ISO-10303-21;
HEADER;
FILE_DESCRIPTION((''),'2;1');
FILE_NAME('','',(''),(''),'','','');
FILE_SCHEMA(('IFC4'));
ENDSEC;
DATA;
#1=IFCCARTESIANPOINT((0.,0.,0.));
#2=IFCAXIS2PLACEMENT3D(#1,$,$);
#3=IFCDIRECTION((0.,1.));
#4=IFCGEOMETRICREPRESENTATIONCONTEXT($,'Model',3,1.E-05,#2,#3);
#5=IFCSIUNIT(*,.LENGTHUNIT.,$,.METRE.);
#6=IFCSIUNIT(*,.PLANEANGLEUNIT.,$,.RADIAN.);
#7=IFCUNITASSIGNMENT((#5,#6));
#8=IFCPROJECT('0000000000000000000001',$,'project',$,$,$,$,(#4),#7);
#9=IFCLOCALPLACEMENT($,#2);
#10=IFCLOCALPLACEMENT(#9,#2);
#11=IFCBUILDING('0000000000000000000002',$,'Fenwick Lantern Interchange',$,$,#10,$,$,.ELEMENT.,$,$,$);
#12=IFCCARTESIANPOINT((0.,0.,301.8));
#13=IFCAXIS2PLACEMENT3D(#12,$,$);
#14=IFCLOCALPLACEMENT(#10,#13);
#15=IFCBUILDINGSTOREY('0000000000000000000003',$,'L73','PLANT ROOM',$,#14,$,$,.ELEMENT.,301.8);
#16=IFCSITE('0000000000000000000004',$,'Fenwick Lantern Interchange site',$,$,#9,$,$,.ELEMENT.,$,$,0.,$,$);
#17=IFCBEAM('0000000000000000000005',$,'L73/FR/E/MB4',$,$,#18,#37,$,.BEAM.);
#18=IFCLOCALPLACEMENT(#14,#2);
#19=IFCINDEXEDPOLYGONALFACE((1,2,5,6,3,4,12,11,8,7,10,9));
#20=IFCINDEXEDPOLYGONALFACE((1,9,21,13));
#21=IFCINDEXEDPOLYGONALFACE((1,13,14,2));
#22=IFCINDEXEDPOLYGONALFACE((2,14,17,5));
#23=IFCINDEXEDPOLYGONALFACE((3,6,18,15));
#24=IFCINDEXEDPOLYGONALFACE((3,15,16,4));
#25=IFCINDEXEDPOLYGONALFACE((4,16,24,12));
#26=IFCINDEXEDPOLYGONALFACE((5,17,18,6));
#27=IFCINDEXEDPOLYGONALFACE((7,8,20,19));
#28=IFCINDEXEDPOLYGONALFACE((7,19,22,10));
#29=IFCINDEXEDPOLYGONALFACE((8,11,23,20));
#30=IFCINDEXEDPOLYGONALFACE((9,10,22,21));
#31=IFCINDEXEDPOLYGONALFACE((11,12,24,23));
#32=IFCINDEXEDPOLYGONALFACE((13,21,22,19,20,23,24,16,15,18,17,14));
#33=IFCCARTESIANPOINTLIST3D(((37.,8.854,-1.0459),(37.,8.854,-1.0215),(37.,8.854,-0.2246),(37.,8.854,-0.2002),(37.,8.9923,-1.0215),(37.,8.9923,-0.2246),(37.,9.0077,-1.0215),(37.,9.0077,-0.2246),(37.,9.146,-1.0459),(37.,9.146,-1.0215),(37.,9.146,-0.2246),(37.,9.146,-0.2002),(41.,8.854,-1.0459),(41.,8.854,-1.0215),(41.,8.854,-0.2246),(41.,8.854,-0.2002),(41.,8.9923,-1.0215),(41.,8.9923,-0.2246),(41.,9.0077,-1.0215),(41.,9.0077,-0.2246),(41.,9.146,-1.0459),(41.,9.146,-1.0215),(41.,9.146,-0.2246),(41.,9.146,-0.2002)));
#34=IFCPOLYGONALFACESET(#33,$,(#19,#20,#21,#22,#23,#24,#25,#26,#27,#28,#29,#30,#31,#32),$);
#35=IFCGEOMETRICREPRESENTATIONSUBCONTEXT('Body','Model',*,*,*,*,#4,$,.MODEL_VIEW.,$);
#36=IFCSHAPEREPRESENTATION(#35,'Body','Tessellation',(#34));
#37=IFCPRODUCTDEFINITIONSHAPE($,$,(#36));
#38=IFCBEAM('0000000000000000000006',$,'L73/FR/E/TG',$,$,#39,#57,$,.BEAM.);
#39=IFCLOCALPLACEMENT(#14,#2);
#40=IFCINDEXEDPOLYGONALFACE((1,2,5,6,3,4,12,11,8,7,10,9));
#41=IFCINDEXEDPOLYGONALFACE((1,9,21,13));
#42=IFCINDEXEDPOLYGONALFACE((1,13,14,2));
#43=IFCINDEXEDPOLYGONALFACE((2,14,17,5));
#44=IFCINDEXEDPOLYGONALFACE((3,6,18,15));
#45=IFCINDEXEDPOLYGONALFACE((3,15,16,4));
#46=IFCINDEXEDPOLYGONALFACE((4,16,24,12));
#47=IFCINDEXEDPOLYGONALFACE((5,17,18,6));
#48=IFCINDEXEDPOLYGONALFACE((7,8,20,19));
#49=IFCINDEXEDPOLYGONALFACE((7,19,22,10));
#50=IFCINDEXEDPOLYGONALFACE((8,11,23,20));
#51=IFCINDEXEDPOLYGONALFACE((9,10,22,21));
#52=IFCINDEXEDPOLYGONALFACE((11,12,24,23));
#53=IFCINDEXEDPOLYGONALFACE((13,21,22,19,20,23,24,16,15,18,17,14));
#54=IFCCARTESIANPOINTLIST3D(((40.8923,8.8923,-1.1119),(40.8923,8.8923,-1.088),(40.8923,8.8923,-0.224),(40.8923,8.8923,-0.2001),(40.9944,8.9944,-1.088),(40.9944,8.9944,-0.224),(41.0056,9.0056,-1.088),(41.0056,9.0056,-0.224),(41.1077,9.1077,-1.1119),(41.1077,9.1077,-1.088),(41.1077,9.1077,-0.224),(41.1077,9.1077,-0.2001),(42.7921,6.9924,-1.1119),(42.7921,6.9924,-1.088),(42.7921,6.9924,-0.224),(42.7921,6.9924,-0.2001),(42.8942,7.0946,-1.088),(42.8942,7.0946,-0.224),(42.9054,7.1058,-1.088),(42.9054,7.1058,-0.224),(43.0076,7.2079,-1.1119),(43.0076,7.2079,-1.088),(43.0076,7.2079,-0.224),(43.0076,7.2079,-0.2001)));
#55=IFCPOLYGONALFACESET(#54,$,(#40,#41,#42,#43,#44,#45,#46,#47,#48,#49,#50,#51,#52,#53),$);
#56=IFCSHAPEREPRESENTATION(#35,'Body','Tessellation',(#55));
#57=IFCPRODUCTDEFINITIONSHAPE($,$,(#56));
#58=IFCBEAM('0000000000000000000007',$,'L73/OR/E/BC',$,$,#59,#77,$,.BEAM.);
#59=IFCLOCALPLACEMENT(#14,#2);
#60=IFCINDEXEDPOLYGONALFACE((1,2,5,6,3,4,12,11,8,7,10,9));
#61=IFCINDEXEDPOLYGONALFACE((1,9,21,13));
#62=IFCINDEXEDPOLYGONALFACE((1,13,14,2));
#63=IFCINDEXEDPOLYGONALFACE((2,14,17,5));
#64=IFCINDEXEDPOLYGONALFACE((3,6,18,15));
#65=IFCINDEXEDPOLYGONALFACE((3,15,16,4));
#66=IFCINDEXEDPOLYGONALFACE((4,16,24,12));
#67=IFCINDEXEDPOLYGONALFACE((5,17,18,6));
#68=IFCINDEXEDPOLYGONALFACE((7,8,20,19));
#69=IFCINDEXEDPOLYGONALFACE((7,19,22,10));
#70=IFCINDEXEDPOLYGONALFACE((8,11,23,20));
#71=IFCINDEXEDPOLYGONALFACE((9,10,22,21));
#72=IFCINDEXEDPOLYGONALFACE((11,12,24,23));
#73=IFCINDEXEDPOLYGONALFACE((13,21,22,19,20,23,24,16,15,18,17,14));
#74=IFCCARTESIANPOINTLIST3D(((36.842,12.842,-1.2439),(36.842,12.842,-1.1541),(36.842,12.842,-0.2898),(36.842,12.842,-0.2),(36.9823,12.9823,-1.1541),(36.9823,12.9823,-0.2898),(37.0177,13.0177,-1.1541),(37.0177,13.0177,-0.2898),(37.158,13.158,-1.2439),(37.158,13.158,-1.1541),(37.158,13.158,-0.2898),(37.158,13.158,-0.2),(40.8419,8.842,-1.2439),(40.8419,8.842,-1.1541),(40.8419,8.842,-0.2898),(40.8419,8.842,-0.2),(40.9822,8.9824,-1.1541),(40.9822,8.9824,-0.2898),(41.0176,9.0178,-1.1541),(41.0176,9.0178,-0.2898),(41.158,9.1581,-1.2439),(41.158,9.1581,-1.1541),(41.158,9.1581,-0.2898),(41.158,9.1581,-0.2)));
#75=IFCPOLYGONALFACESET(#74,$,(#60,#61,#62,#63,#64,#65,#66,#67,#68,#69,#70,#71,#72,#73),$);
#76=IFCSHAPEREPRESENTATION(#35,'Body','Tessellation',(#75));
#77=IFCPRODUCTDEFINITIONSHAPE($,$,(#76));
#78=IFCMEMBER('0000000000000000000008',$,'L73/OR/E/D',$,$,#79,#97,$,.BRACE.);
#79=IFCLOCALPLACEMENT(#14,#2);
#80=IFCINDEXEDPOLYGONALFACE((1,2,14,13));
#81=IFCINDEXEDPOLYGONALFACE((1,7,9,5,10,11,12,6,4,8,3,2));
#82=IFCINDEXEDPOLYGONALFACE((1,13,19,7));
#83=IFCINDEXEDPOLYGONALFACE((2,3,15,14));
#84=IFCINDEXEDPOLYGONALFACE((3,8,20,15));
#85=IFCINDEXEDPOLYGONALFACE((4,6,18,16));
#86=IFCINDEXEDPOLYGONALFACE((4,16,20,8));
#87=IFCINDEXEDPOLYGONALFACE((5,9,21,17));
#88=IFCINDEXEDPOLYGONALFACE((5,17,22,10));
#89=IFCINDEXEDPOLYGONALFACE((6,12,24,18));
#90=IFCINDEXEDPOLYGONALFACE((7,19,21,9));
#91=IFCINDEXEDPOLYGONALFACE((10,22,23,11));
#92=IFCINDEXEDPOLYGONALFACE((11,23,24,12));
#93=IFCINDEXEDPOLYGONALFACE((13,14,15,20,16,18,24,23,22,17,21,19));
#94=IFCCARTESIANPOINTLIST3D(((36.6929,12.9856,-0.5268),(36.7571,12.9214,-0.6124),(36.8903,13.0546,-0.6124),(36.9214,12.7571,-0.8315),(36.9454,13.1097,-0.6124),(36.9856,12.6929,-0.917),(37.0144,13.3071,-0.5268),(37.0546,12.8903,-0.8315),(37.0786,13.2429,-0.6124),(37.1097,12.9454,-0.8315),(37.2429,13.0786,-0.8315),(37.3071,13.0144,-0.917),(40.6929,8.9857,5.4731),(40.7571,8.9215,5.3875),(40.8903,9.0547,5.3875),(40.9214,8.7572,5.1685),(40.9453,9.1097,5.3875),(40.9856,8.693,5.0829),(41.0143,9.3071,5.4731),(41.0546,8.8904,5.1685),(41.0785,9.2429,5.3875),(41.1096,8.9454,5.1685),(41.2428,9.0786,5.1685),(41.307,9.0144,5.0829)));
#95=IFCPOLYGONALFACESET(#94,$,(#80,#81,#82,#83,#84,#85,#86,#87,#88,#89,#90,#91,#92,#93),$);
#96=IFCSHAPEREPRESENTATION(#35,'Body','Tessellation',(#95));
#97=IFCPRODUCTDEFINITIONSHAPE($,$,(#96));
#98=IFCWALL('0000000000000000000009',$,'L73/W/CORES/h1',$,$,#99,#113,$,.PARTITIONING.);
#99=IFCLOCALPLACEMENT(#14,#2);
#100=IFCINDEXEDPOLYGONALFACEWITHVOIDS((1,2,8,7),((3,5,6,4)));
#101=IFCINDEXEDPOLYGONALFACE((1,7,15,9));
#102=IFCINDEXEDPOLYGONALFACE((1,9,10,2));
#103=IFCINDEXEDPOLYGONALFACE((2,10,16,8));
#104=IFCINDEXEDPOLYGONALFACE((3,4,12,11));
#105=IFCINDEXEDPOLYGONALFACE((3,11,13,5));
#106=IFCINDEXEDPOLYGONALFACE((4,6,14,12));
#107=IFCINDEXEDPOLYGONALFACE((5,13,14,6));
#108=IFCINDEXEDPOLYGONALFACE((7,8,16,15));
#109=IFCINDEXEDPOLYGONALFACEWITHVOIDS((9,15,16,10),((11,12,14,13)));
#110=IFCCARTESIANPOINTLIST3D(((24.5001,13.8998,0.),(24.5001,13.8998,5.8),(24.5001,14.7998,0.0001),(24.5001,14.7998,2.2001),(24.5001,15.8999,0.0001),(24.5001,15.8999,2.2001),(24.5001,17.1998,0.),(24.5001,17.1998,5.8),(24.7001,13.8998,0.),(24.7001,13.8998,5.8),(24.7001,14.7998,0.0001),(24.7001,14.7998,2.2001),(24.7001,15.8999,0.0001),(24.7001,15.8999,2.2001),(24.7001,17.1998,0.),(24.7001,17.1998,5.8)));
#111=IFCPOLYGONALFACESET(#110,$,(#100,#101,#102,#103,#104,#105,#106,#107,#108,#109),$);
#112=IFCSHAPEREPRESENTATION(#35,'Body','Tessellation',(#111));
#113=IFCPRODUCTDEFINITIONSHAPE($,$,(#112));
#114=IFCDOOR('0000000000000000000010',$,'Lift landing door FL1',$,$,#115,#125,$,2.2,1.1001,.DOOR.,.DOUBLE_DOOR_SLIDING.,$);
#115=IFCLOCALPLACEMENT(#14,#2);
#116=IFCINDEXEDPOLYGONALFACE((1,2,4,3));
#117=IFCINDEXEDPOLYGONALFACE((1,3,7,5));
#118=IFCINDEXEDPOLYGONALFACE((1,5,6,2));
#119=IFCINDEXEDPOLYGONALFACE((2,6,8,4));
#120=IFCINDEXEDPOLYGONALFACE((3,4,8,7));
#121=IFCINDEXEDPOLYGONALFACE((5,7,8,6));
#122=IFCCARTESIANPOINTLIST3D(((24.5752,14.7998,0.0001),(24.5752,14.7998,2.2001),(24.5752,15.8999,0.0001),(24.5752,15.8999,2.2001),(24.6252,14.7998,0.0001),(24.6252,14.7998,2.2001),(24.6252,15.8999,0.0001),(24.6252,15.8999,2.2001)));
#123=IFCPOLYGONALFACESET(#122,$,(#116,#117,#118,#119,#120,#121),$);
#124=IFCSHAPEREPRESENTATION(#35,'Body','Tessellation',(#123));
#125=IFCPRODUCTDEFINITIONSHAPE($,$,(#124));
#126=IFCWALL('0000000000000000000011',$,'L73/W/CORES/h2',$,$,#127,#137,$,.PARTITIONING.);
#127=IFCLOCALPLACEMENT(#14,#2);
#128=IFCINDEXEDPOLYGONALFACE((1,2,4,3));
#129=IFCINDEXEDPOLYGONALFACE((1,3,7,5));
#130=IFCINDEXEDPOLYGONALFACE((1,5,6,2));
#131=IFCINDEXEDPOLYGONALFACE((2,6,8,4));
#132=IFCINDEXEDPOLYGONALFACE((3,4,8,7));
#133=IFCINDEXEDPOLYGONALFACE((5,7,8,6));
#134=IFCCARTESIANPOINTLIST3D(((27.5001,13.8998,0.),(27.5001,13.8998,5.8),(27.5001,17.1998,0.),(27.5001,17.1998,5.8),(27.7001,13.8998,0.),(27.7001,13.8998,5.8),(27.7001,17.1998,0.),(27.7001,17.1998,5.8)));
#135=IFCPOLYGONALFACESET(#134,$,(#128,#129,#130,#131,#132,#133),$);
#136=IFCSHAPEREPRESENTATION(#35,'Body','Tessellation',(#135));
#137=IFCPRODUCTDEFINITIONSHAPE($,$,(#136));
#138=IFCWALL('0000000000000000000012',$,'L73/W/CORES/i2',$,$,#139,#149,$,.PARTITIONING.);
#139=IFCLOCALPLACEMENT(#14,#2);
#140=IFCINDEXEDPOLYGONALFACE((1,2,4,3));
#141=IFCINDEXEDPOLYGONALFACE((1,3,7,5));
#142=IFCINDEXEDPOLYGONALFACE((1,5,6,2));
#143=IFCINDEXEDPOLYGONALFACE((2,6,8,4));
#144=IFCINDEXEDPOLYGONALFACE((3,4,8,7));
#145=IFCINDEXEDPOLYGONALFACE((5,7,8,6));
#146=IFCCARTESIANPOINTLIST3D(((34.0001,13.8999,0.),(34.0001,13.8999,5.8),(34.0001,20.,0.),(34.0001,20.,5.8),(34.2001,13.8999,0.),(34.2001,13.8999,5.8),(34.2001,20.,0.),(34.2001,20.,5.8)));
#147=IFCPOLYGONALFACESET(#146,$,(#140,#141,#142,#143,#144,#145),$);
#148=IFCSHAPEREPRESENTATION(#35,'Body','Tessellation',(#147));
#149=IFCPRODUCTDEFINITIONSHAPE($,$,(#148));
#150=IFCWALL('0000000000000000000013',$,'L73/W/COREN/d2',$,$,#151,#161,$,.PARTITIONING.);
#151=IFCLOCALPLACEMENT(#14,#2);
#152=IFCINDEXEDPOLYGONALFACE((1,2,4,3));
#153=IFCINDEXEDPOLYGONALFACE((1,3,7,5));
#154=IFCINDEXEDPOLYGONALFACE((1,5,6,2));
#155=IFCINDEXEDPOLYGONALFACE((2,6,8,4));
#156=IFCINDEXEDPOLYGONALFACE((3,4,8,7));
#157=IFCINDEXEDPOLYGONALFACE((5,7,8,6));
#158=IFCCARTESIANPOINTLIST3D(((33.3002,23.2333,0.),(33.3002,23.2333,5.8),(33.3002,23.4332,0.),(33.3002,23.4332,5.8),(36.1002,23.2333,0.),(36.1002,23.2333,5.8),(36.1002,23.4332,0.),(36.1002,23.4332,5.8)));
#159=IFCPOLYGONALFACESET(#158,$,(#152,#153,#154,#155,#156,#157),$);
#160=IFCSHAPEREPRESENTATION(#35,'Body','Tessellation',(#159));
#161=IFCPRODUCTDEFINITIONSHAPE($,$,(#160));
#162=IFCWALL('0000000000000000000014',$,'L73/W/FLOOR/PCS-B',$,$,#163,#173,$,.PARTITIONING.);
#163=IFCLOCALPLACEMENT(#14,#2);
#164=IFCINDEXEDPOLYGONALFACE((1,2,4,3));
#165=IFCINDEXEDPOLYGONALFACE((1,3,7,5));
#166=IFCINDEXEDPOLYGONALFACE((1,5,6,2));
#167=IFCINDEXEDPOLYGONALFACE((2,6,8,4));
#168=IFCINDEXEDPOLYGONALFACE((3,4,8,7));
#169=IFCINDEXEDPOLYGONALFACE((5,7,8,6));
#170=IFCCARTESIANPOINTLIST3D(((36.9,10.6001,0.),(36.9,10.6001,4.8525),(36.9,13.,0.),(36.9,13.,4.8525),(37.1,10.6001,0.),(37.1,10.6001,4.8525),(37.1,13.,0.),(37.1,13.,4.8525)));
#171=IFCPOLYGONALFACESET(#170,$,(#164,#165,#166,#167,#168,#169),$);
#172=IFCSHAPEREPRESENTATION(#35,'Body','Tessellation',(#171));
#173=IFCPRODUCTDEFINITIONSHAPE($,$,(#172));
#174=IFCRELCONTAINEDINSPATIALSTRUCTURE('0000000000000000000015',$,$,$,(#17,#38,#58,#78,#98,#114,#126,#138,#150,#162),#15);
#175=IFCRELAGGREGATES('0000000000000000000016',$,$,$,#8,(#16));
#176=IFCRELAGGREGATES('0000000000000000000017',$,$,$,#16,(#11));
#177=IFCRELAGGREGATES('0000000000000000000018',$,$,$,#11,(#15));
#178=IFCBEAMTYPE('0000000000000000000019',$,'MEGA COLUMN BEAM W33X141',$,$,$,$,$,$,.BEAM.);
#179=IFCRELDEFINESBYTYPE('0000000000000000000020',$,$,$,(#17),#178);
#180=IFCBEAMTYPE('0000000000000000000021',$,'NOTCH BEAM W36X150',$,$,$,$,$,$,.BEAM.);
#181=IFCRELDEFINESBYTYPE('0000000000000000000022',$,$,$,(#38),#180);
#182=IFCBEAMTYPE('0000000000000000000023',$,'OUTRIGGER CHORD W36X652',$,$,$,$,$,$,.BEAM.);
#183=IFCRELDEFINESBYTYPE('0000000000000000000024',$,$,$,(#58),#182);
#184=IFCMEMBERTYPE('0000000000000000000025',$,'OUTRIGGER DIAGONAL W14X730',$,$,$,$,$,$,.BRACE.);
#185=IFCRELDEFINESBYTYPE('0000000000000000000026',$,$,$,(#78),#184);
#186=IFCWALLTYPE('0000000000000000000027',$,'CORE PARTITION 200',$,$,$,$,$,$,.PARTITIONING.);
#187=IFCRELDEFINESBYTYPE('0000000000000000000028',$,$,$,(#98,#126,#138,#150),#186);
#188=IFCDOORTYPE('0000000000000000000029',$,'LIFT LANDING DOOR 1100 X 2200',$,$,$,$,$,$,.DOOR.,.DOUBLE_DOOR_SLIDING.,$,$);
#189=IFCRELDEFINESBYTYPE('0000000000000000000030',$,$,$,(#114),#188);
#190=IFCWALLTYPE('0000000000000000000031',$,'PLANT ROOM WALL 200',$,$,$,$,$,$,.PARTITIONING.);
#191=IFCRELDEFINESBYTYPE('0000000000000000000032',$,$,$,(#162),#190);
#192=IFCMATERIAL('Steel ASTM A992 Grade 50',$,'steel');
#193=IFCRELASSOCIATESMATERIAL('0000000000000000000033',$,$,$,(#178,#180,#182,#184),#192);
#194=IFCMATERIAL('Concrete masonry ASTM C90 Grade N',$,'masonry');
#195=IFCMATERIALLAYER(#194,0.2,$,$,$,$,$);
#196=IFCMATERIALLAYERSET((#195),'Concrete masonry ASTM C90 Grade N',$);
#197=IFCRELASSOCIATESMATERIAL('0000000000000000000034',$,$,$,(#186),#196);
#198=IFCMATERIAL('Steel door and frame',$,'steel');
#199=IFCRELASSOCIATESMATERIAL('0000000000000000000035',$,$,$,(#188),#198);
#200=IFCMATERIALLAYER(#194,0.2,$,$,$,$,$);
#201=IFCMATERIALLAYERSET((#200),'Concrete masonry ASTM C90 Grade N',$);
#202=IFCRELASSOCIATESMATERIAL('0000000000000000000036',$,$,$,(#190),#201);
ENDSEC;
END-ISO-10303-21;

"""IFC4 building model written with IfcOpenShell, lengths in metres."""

from ifc_helpers import new_model, si_unit, direction, frame, frame_2d, origin, origin_2d, place, context, subcontext, project, spatial, rectangle, i_section, extrude, material, layer, layer_set, material_profile, profile_set, type_object, element, fill, save


model = new_model("IFC4")

# Units and contexts
model_context = context("Model", 3, precision=1e-05, world=origin(), true_north=direction((0.0, 1.0)))
body_context = subcontext(model_context, "Body", "Model", "MODEL_VIEW")
ifc_project = project(units=[si_unit("LENGTHUNIT", "METRE"), si_unit("PLANEANGLEUNIT", "RADIAN")], contexts=[model_context])

# Site, building, storey
site_placement = place(None, origin())
site = spatial("IfcSite", under=ifc_project, at=site_placement, Name="Fenwick Lantern Interchange site", CompositionType="ELEMENT", RefElevation=0.0)
building_placement = place(site_placement, origin())
building = spatial("IfcBuilding", under=site, at=building_placement, Name="Fenwick Lantern Interchange", CompositionType="ELEMENT")
storey_placement = place(building_placement, frame((0.0, 0.0, 301.8)))
storey = spatial("IfcBuildingStorey", under=building, at=storey_placement, Name="L73", Description="PLANT ROOM", CompositionType="ELEMENT", Elevation=301.8)

# Beams
ifc_material_1 = material(Name="Steel ASTM A992 Grade 50", Category="steel")
ifc_material_profile_1 = material_profile(ifc_material_1, i_section(OverallWidth=0.292, OverallDepth=0.8457, WebThickness=0.0154, FlangeThickness=0.0244, at=origin_2d()), Name="W33X141")
ifc_profile_set_1 = profile_set([ifc_material_profile_1], Name="Steel ASTM A992 Grade 50")
beam_type_1 = type_object("IfcBeamType", Name="MEGA COLUMN BEAM W33X141", PredefinedType="BEAM", material=ifc_profile_set_1)
for number, where, z_axis, x_axis, name in (
    (1, (41.0, 9.0, -0.623), (-1.0, 0.0, 0.0), (0.0, -1.0, 0.0), "L73/FR/E/MB4"),
):
    element("IfcBeam", number, at=place(storey_placement, frame(where, z_axis=z_axis, x_axis=x_axis)), inside=storey, type_object=beam_type_1, Name=name, PredefinedType="BEAM", context=body_context, shape_type="SweptSolid", body=[
        extrude(i_section(OverallWidth=0.292, OverallDepth=0.8457, WebThickness=0.0154, FlangeThickness=0.0244, at=origin_2d()), origin(), (0.0, 0.0, 1.0), 4.0),
    ])
ifc_material_profile_2 = material_profile(ifc_material_1, i_section(OverallWidth=0.3047, OverallDepth=0.9119, WebThickness=0.0159, FlangeThickness=0.0239, at=origin_2d()), Name="W36X150")
ifc_profile_set_2 = profile_set([ifc_material_profile_2], Name="Steel ASTM A992 Grade 50")
beam_type_2 = type_object("IfcBeamType", Name="NOTCH BEAM W36X150", PredefinedType="BEAM", material=ifc_profile_set_2)
beam_1_placement = place(storey_placement, frame((41.0, 9.0, -0.656), z_axis=(0.707107, -0.707107, 0.0), x_axis=(0.707107, 0.707107, 0.0)))
element("IfcBeam", 2, at=beam_1_placement, inside=storey, type_object=beam_type_2, Name="L73/FR/E/TG", PredefinedType="BEAM", context=body_context, shape_type="SweptSolid", body=[
    extrude(i_section(OverallWidth=0.3047, OverallDepth=0.9119, WebThickness=0.0159, FlangeThickness=0.0239, at=origin_2d()), origin(), (0.0, 0.0, 1.0), 2.6868),
])
ifc_material_profile_3 = material_profile(ifc_material_1, i_section(OverallWidth=0.447, OverallDepth=1.0439, WebThickness=0.05, FlangeThickness=0.0898, at=origin_2d()), Name="W36X652")
ifc_profile_set_3 = profile_set([ifc_material_profile_3], Name="Steel ASTM A992 Grade 50")
beam_type_3 = type_object("IfcBeamType", Name="OUTRIGGER CHORD W36X652", PredefinedType="BEAM", material=ifc_profile_set_3)
beam_2_placement = place(storey_placement, frame((37.0, 13.0, -0.7219), z_axis=(0.707107, -0.707107, 0.0), x_axis=(0.707107, 0.707107, 0.0)))
element("IfcBeam", 3, at=beam_2_placement, inside=storey, type_object=beam_type_3, Name="L73/OR/E/BC", PredefinedType="BEAM", context=body_context, shape_type="SweptSolid", body=[
    extrude(i_section(OverallWidth=0.447, OverallDepth=1.0439, WebThickness=0.05, FlangeThickness=0.0898, at=origin_2d()), origin(), (0.0, 0.0, 1.0), 5.6567),
])

# Member
ifc_material_profile_4 = material_profile(ifc_material_1, i_section(OverallWidth=0.4546, OverallDepth=0.5688, WebThickness=0.0779, FlangeThickness=0.1248, at=origin_2d()), Name="W14X730")
ifc_profile_set_4 = profile_set([ifc_material_profile_4], Name="Steel ASTM A992 Grade 50")
member_type = type_object("IfcMemberType", Name="OUTRIGGER DIAGONAL W14X730", PredefinedType="BRACE", material=ifc_profile_set_4)
member_placement = place(storey_placement, frame((37.0, 13.0, -0.7219), z_axis=(0.485071, -0.485071, 0.727607), x_axis=(0.707107, 0.707107, 0.0)))
element("IfcMember", 4, at=member_placement, inside=storey, type_object=member_type, Name="L73/OR/E/D", PredefinedType="BRACE", context=body_context, shape_type="SweptSolid", body=[
    extrude(i_section(OverallWidth=0.4546, OverallDepth=0.5688, WebThickness=0.0779, FlangeThickness=0.1248, at=origin_2d()), origin(), (0.0, 0.0, 1.0), 8.2461),
])

# Wall, opening, door
ifc_material_2 = material(Name="Concrete masonry ASTM C90 Grade N", Category="masonry")
ifc_layer_1 = layer(ifc_material_2, 0.2)
ifc_layer_set_1 = layer_set([ifc_layer_1], Name="Concrete masonry ASTM C90 Grade N")
wall_type_1 = type_object("IfcWallType", Name="CORE PARTITION 200", PredefinedType="PARTITIONING", material=ifc_layer_set_1)
wall_1_placement = place(storey_placement, frame((24.6001, 13.8999, 0.0), z_axis=(0.0, 0.0, 1.0), x_axis=(0.0, 1.0, 0.0)))
wall_1 = element("IfcWall", 5, at=wall_1_placement, inside=storey, type_object=wall_type_1, Name="L73/W/CORES/h1", PredefinedType="PARTITIONING", context=body_context, shape_type="SweptSolid", body=[
    extrude(rectangle(XDim=3.3, YDim=0.2, at=frame_2d((1.6499, 0.0))), origin(), (0.0, 0.0, 1.0), 5.8),
])
opening_1_placement = place(wall_1_placement, frame((0.8999, 0.0, 0.0)))
opening_1 = element("IfcOpeningElement", 6, at=opening_1_placement, cuts=wall_1, PredefinedType="OPENING", context=body_context, shape_type="SweptSolid", body=[
    extrude(rectangle(XDim=1.1001, YDim=2.2, at=frame_2d((0.55, 1.1001))), frame((0.0, 0.1099, 0.0), z_axis=(0.0, -1.0, 0.0), x_axis=(1.0, 0.0, 0.0)), (0.0, 0.0, 1.0), 0.22),
])
ifc_material_3 = material(Name="Steel door and frame", Category="steel")
door_type_1 = type_object("IfcDoorType", Name="LIFT LANDING DOOR 1100 X 2200", OperationType="DOUBLE_DOOR_SLIDING", PredefinedType="DOOR", material=ifc_material_3)
door_1_placement = place(opening_1_placement, origin())
door_1 = element("IfcDoor", 7, at=door_1_placement, inside=storey, type_object=door_type_1, Name="Lift landing door FL1", OperationType="DOUBLE_DOOR_SLIDING", OverallHeight=2.2, OverallWidth=1.1001, PredefinedType="DOOR", context=body_context, shape_type="SweptSolid", body=[
    extrude(rectangle(XDim=1.1001, YDim=2.2, at=frame_2d((0.55, 1.1001))), frame((0.0, 0.0249, 0.0), z_axis=(0.0, -1.0, 0.0), x_axis=(1.0, 0.0, 0.0)), (0.0, 0.0, 1.0), 0.05),
])
fill(opening_1, door_1)

# Walls
wall_2_placement = place(storey_placement, frame((27.6001, 13.8999, 0.0), z_axis=(0.0, 0.0, 1.0), x_axis=(0.0, 1.0, 0.0)))
element("IfcWall", 8, at=wall_2_placement, inside=storey, type_object=wall_type_1, Name="L73/W/CORES/h2", PredefinedType="PARTITIONING", context=body_context, shape_type="SweptSolid", body=[
    extrude(rectangle(XDim=3.3, YDim=0.2, at=frame_2d((1.6499, 0.0))), origin(), (0.0, 0.0, 1.0), 5.8),
])
wall_3_placement = place(storey_placement, frame((34.1001, 13.8999, 0.0), z_axis=(0.0, 0.0, 1.0), x_axis=(0.0, 1.0, 0.0)))
element("IfcWall", 9, at=wall_3_placement, inside=storey, type_object=wall_type_1, Name="L73/W/CORES/i2", PredefinedType="PARTITIONING", context=body_context, shape_type="SweptSolid", body=[
    extrude(rectangle(XDim=6.1001, YDim=0.2, at=frame_2d((3.05, 0.0))), origin(), (0.0, 0.0, 1.0), 5.8),
])
wall_4_placement = place(storey_placement, frame((36.1001, 23.3333, 0.0), z_axis=(0.0, 0.0, 1.0), x_axis=(-1.0, 0.0, 0.0)))
element("IfcWall", 10, at=wall_4_placement, inside=storey, type_object=wall_type_1, Name="L73/W/COREN/d2", PredefinedType="PARTITIONING", context=body_context, shape_type="SweptSolid", body=[
    extrude(rectangle(XDim=2.8, YDim=0.2, at=frame_2d((1.3999, 0.0))), origin(), (0.0, 0.0, 1.0), 5.8),
])

# Wall
ifc_layer_2 = layer(ifc_material_2, 0.2)
ifc_layer_set_2 = layer_set([ifc_layer_2], Name="Concrete masonry ASTM C90 Grade N")
wall_type_2 = type_object("IfcWallType", Name="PLANT ROOM WALL 200", PredefinedType="PARTITIONING", material=ifc_layer_set_2)
wall_5_placement = place(storey_placement, frame((37.0, 10.6001, 0.0), z_axis=(0.0, 0.0, 1.0), x_axis=(0.0, 1.0, 0.0)))
element("IfcWall", 11, at=wall_5_placement, inside=storey, type_object=wall_type_2, Name="L73/W/FLOOR/PCS-B", PredefinedType="PARTITIONING", context=body_context, shape_type="SweptSolid", body=[
    extrude(rectangle(XDim=2.3999, YDim=0.2, at=frame_2d((1.2, 0.0))), origin(), (0.0, 0.0, 1.0), 4.8525),
])

save(model, "model.ifc")
